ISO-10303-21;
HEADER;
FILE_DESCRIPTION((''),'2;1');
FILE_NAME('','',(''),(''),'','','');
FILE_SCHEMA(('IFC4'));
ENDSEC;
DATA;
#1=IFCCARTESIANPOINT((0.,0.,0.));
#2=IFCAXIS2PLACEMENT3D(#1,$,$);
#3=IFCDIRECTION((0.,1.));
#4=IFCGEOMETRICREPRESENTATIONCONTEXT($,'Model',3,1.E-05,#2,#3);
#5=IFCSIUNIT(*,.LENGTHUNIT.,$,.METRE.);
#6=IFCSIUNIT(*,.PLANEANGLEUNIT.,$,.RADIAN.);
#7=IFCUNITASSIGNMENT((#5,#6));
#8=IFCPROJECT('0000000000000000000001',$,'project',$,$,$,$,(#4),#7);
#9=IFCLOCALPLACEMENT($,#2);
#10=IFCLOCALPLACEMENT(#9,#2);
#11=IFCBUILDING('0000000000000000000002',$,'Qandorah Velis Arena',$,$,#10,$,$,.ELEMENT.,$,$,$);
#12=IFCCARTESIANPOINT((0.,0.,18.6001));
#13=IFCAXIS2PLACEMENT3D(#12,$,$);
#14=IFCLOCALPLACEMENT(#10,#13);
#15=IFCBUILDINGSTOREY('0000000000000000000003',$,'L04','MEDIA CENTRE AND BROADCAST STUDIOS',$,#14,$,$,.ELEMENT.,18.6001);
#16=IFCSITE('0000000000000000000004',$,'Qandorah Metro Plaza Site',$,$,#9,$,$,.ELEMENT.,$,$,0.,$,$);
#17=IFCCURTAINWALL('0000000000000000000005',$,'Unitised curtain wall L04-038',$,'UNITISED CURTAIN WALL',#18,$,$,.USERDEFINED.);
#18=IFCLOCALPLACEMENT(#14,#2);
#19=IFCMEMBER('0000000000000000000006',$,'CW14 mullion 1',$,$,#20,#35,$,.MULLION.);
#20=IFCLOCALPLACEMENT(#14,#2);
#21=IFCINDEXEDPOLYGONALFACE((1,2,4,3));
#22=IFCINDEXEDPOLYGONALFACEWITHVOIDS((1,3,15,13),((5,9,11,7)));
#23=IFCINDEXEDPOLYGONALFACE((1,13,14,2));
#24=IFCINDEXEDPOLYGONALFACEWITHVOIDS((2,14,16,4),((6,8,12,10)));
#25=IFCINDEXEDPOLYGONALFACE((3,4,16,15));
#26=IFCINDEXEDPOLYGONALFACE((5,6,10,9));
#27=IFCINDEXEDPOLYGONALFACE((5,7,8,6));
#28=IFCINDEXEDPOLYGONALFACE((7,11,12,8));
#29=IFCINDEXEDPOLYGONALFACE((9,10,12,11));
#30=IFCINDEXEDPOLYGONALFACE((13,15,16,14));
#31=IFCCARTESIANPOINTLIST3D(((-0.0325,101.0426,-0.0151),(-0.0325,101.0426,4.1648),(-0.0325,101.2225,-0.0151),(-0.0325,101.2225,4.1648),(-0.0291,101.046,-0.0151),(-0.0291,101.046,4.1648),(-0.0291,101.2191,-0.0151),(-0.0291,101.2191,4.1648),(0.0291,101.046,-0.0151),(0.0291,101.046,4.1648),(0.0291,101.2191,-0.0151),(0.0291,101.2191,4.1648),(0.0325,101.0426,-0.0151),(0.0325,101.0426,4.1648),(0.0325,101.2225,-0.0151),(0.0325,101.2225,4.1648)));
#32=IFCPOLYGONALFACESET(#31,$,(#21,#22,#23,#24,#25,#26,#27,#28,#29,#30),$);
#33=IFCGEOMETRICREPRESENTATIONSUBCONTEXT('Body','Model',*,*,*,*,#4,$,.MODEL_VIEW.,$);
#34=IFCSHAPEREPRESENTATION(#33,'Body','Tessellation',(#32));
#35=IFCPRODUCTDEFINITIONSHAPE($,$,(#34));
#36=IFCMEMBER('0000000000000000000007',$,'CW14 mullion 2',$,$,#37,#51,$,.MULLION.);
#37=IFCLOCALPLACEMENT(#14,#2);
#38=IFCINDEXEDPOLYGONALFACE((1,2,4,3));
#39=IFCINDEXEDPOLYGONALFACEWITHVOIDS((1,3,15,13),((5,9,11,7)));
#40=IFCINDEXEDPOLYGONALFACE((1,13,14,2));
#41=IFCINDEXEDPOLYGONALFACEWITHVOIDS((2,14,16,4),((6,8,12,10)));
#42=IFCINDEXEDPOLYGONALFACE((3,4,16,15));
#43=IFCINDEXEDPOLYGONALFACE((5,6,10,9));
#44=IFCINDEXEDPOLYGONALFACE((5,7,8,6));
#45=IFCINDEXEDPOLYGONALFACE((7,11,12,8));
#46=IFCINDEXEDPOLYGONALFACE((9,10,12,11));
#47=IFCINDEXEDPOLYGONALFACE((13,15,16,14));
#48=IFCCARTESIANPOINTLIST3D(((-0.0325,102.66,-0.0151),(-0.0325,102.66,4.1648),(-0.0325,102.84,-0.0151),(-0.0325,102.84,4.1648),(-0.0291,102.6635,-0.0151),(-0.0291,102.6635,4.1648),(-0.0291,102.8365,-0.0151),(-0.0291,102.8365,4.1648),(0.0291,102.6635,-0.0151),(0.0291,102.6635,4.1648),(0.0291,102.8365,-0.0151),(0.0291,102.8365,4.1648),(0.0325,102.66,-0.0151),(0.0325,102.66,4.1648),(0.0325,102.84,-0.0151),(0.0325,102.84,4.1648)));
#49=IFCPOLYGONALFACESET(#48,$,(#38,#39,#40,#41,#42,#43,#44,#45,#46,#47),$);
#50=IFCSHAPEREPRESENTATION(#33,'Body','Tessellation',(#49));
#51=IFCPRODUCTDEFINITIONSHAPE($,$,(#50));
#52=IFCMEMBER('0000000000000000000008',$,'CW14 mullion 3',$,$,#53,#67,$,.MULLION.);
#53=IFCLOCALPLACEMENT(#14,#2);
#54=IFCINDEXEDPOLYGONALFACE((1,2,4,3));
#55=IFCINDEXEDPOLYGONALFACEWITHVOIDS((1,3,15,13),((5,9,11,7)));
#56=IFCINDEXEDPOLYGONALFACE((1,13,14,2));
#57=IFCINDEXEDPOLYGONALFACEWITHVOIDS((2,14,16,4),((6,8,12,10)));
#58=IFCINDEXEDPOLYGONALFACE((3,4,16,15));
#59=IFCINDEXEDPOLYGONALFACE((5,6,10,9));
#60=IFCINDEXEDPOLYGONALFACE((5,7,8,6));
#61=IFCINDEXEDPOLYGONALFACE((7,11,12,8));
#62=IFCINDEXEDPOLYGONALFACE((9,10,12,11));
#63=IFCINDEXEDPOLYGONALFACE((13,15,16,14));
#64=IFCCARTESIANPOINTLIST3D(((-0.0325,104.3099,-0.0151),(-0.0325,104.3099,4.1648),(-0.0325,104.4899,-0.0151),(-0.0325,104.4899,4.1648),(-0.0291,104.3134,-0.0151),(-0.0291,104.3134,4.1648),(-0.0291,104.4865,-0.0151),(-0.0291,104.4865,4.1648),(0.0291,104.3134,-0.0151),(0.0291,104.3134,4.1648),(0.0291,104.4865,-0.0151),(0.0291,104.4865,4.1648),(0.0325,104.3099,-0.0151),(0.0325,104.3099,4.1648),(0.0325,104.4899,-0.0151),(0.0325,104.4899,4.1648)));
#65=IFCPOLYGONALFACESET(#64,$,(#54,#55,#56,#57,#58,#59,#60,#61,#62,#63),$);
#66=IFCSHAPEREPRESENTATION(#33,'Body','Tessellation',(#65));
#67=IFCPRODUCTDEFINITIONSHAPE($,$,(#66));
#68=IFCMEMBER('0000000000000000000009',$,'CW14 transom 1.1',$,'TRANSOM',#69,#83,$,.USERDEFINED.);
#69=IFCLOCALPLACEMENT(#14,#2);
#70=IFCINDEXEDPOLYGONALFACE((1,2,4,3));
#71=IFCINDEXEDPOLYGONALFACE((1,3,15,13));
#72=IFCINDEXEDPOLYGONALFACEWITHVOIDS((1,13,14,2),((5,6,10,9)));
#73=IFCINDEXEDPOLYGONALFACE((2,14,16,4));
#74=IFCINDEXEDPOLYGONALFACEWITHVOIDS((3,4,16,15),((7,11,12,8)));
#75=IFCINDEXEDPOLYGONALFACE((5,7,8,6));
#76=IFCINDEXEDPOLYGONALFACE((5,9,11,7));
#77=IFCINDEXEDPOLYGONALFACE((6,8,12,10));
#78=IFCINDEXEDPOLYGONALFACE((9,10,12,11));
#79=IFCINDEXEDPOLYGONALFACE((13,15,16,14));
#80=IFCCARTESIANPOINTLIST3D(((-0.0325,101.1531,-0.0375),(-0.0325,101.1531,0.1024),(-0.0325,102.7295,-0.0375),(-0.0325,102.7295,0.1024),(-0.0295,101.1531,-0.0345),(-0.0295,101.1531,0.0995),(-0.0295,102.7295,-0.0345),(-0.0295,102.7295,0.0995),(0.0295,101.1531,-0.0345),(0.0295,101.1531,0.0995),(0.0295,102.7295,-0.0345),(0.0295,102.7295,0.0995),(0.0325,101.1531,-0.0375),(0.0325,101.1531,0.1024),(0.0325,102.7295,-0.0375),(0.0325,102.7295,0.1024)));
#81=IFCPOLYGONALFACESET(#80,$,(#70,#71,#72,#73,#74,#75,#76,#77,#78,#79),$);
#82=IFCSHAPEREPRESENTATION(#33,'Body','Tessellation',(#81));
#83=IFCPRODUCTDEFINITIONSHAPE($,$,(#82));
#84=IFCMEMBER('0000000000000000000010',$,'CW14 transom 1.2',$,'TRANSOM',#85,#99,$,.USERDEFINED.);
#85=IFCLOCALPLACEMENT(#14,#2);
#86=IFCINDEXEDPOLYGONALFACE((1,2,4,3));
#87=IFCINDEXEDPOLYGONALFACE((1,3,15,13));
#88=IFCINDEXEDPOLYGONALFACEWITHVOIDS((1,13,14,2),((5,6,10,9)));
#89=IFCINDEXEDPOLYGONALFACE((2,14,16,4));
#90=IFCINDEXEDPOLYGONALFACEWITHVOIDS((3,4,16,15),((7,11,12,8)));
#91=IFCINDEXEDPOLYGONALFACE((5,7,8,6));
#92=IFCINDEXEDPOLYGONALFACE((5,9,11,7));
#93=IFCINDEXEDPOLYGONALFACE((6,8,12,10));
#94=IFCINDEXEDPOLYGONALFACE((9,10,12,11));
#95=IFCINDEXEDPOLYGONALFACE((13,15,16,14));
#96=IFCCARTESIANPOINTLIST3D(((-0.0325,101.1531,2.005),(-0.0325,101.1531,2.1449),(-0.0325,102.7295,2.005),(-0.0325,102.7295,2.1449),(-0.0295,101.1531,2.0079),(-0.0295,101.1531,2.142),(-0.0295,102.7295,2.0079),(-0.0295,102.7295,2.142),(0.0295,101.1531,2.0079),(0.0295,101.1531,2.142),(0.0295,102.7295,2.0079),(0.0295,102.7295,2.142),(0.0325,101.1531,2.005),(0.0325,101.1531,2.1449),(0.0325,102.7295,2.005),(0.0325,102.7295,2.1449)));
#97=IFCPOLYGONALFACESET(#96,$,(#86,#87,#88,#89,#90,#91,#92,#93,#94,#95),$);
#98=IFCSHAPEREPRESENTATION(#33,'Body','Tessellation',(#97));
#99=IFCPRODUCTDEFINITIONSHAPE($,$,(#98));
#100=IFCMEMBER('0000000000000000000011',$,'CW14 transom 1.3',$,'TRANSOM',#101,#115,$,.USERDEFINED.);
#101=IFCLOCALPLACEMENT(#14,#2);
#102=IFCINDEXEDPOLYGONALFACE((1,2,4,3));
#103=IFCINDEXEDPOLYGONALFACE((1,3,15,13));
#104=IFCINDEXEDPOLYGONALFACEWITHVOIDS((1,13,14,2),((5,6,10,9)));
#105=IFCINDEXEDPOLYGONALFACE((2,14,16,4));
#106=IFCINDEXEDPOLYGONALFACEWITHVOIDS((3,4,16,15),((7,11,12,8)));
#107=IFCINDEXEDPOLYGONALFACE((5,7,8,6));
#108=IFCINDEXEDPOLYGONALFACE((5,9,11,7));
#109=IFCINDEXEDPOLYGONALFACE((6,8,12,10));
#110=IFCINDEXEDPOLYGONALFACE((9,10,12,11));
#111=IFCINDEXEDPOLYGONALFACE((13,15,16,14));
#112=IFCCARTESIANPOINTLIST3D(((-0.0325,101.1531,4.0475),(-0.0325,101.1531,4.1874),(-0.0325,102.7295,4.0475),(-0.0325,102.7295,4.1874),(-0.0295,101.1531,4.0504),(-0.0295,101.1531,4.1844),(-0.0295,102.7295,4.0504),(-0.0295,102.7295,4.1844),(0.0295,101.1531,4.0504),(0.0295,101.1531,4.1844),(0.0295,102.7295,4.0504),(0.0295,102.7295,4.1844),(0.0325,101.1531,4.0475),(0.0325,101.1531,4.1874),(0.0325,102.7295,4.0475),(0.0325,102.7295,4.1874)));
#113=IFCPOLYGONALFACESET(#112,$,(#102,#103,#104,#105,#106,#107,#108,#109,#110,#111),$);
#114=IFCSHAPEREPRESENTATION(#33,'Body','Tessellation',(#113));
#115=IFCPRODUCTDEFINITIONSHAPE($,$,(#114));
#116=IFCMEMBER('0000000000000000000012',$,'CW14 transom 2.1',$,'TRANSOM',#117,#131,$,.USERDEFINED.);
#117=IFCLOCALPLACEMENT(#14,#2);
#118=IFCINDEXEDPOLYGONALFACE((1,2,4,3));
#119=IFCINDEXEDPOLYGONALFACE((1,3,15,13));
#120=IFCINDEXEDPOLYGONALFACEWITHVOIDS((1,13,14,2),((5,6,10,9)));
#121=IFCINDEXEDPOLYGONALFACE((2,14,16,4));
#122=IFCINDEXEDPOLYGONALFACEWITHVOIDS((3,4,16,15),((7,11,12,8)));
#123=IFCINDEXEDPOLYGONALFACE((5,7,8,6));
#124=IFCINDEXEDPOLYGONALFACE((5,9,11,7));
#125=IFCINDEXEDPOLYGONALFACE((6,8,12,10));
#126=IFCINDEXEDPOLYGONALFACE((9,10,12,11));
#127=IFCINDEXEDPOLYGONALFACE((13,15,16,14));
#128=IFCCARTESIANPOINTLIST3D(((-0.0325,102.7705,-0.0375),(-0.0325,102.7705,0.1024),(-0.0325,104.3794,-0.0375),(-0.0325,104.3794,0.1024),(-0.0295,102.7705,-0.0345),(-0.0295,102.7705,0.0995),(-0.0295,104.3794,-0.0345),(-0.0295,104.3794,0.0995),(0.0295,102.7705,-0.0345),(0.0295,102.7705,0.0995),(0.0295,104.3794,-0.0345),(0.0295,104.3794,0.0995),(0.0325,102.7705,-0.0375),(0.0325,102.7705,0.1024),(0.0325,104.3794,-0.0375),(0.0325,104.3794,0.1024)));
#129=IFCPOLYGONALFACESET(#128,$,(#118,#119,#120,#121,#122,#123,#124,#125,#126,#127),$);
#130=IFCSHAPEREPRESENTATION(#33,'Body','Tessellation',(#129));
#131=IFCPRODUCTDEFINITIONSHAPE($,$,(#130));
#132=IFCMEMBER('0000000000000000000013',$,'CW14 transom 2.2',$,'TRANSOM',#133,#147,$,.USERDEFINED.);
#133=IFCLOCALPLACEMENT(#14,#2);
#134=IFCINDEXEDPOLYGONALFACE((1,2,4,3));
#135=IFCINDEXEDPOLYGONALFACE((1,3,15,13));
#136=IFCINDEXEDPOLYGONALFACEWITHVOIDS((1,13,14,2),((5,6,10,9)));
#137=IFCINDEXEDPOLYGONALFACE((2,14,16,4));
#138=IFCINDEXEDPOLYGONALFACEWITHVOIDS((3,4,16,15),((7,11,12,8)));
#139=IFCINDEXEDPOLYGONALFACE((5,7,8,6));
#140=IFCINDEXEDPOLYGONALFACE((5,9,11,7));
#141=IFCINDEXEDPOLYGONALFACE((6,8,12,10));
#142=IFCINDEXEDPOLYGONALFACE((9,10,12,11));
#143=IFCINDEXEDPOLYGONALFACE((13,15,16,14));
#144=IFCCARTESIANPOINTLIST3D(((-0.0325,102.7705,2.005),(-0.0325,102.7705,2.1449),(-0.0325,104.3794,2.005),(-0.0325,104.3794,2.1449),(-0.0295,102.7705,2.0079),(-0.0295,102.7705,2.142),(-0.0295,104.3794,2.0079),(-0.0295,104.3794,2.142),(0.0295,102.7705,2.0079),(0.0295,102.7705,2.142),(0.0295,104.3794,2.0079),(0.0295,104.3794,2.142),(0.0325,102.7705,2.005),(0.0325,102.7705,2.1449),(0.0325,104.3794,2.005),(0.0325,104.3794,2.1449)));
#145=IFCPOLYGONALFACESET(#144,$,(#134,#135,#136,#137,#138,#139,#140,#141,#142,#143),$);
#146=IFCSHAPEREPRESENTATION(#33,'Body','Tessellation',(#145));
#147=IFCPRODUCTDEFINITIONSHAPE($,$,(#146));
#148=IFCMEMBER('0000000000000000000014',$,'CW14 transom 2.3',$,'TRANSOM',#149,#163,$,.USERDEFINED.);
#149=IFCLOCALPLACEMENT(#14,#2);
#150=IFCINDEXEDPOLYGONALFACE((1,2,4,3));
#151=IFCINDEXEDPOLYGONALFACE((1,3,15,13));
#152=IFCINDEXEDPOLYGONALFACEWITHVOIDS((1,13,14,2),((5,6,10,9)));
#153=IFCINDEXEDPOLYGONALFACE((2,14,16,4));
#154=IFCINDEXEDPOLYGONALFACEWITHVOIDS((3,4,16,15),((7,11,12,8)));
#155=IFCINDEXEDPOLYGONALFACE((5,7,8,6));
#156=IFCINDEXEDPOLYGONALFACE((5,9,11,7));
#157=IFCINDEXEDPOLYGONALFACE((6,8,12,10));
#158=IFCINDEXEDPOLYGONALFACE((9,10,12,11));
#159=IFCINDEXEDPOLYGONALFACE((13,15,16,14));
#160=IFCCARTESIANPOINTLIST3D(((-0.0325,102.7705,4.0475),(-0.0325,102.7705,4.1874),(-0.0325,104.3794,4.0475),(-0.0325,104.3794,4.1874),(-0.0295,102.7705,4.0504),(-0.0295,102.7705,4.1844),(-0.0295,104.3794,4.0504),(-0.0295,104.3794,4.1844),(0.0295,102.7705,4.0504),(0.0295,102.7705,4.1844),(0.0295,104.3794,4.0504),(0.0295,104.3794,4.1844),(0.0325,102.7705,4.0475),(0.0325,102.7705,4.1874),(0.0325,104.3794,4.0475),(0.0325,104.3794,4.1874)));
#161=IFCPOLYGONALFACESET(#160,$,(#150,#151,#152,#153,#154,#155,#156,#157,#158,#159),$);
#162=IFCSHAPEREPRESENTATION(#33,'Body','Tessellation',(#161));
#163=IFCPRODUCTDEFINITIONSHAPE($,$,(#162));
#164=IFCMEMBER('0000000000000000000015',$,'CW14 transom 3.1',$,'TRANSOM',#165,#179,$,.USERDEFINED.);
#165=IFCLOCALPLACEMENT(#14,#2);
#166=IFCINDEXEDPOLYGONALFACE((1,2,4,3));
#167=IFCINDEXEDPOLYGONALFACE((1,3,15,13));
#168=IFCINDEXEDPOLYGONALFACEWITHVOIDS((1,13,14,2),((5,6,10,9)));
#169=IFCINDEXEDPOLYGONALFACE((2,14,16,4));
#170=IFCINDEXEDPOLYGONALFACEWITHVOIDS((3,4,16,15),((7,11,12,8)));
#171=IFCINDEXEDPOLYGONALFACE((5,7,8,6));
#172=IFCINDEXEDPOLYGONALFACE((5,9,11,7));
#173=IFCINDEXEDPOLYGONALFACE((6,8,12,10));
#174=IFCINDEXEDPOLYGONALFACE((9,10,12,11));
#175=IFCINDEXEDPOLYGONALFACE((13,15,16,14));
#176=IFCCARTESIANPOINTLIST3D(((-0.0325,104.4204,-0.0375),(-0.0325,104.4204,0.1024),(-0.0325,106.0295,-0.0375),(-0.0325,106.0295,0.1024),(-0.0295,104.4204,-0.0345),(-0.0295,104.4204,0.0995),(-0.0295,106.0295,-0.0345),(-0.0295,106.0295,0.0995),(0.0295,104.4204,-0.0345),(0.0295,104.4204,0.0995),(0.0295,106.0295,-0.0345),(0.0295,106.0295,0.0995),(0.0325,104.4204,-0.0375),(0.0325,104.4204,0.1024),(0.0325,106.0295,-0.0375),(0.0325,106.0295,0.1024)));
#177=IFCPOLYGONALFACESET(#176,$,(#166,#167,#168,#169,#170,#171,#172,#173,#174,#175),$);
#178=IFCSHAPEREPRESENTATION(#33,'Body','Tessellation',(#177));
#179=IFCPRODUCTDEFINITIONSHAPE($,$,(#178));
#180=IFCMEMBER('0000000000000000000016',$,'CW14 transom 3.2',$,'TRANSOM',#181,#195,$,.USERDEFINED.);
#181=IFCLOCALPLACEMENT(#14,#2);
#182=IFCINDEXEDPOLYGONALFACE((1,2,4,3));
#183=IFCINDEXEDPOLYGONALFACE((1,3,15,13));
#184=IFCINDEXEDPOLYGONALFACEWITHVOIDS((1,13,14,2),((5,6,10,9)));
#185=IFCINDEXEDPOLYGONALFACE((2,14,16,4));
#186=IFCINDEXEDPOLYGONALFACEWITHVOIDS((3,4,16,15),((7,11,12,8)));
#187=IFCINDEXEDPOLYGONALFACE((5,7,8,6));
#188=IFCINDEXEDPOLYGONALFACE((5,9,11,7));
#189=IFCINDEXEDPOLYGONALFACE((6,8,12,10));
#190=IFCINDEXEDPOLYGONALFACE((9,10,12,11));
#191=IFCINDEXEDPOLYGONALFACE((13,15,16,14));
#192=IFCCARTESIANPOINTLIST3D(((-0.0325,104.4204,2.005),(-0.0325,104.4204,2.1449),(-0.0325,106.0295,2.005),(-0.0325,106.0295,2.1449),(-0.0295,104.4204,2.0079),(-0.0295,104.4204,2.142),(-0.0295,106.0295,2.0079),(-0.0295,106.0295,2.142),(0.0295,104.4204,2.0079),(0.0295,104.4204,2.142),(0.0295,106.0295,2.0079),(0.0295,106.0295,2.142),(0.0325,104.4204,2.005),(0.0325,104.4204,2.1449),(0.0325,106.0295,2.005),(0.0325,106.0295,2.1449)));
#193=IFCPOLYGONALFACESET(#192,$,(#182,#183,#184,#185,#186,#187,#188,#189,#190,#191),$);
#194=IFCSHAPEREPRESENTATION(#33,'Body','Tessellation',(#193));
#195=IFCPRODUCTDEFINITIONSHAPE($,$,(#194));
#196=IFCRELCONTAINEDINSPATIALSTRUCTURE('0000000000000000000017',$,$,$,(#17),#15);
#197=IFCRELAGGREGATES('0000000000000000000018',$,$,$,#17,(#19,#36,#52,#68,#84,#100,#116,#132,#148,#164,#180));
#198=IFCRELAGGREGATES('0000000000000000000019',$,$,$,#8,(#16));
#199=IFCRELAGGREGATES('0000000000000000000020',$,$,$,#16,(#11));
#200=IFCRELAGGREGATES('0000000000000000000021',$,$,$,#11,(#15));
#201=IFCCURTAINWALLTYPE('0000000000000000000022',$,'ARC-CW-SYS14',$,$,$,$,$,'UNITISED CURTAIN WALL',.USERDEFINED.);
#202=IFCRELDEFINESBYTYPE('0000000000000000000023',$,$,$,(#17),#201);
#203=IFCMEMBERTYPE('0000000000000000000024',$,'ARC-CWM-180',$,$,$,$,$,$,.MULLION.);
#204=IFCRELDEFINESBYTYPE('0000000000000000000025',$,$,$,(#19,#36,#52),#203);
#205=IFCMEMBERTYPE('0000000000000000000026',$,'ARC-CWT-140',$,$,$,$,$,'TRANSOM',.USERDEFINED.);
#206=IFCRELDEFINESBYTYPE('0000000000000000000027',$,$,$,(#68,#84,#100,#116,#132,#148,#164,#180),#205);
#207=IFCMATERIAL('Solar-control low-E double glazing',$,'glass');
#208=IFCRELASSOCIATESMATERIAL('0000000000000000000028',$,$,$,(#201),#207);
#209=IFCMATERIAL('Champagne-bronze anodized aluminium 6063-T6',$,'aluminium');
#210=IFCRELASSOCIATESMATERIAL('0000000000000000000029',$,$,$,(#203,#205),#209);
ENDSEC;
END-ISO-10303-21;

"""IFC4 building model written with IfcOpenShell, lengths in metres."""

from ifc_helpers import new_model, si_unit, direction, frame, origin, origin_2d, place, context, subcontext, project, spatial, hollow_rectangle, extrude, material, material_profile, profile_set, type_object, element, aggregate, save


model = new_model("IFC4")

# Units and contexts
model_context = context("Model", 3, precision=1e-05, world=origin(), true_north=direction((0.0, 1.0)))
body_context = subcontext(model_context, "Body", "Model", "MODEL_VIEW")
ifc_project = project(units=[si_unit("LENGTHUNIT", "METRE"), si_unit("PLANEANGLEUNIT", "RADIAN")], contexts=[model_context])

# Site, building, storey
site_placement = place(None, origin())
site = spatial("IfcSite", under=ifc_project, at=site_placement, Name="Qandorah Metro Plaza Site", CompositionType="ELEMENT", RefElevation=0.0)
building_placement = place(site_placement, origin())
building = spatial("IfcBuilding", under=site, at=building_placement, Name="Qandorah Velis Arena", CompositionType="ELEMENT")
storey_placement = place(building_placement, frame((0.0, 0.0, 18.6001)))
storey = spatial("IfcBuildingStorey", under=building, at=storey_placement, Name="L04", Description="MEDIA CENTRE AND BROADCAST STUDIOS", CompositionType="ELEMENT", Elevation=18.6001)

# Curtain wall, members
ifc_material_1 = material(Name="Solar-control low-E double glazing", Category="glass")
curtain_wall_type = type_object("IfcCurtainWallType", Name="ARC-CW-SYS14", ElementType="UNITISED CURTAIN WALL", PredefinedType="USERDEFINED", material=ifc_material_1)
curtain_wall_placement = place(storey_placement, origin())
curtain_wall = element("IfcCurtainWall", 1, at=curtain_wall_placement, inside=storey, type_object=curtain_wall_type, Name="Unitised curtain wall L04-038", ObjectType="UNITISED CURTAIN WALL", PredefinedType="USERDEFINED")
ifc_material_2 = material(Name="Champagne-bronze anodized aluminium 6063-T6", Category="aluminium")
ifc_material_profile_1 = material_profile(ifc_material_2, hollow_rectangle(XDim=0.0649, YDim=0.1799, WallThickness=0.0034, at=origin_2d()), Name="ALU MULLION 65x180")
ifc_profile_set_1 = profile_set([ifc_material_profile_1], Name="Champagne-bronze anodized aluminium 6063-T6")
member_type_1 = type_object("IfcMemberType", Name="ARC-CWM-180", PredefinedType="MULLION", material=ifc_profile_set_1)
member_1_placement = place(storey_placement, frame((0.0, 101.1326, -0.0151), z_axis=(0.0, 0.0, 1.0), x_axis=(-1.0, 0.0, 0.0)))
member_1 = element("IfcMember", 2, at=member_1_placement, type_object=member_type_1, Name="CW14 mullion 1", PredefinedType="MULLION", context=body_context, shape_type="SweptSolid", body=[
    extrude(hollow_rectangle(XDim=0.0649, YDim=0.1799, WallThickness=0.0034, at=origin_2d()), origin(), (0.0, 0.0, 1.0), 4.1799),
])
member_2_placement = place(storey_placement, frame((0.0, 102.75, -0.0151), z_axis=(0.0, 0.0, 1.0), x_axis=(-1.0, 0.0, 0.0)))
member_2 = element("IfcMember", 3, at=member_2_placement, type_object=member_type_1, Name="CW14 mullion 2", PredefinedType="MULLION", context=body_context, shape_type="SweptSolid", body=[
    extrude(hollow_rectangle(XDim=0.0649, YDim=0.1799, WallThickness=0.0034, at=origin_2d()), origin(), (0.0, 0.0, 1.0), 4.1799),
])
member_3_placement = place(storey_placement, frame((0.0, 104.3999, -0.0151), z_axis=(0.0, 0.0, 1.0), x_axis=(-1.0, 0.0, 0.0)))
member_3 = element("IfcMember", 4, at=member_3_placement, type_object=member_type_1, Name="CW14 mullion 3", PredefinedType="MULLION", context=body_context, shape_type="SweptSolid", body=[
    extrude(hollow_rectangle(XDim=0.0649, YDim=0.1799, WallThickness=0.0034, at=origin_2d()), origin(), (0.0, 0.0, 1.0), 4.1799),
])
ifc_material_profile_2 = material_profile(ifc_material_2, hollow_rectangle(XDim=0.0649, YDim=0.1399, WallThickness=0.0029, at=origin_2d()), Name="ALU TRANSOM 65x140")
ifc_profile_set_2 = profile_set([ifc_material_profile_2], Name="Champagne-bronze anodized aluminium 6063-T6")
member_type_2 = type_object("IfcMemberType", Name="ARC-CWT-140", ElementType="TRANSOM", PredefinedType="USERDEFINED", material=ifc_profile_set_2)
member_4_placement = place(storey_placement, frame((0.0, 101.1531, 0.0325), z_axis=(0.0, 1.0, 0.0), x_axis=(-1.0, 0.0, 0.0)))
member_4 = element("IfcMember", 5, at=member_4_placement, type_object=member_type_2, Name="CW14 transom 1.1", ObjectType="TRANSOM", PredefinedType="USERDEFINED", context=body_context, shape_type="SweptSolid", body=[
    extrude(hollow_rectangle(XDim=0.0649, YDim=0.1399, WallThickness=0.0029, at=origin_2d()), origin(), (0.0, 0.0, 1.0), 1.5764),
])
member_5_placement = place(storey_placement, frame((0.0, 101.1531, 2.075), z_axis=(0.0, 1.0, 0.0), x_axis=(-1.0, 0.0, 0.0)))
member_5 = element("IfcMember", 6, at=member_5_placement, type_object=member_type_2, Name="CW14 transom 1.2", ObjectType="TRANSOM", PredefinedType="USERDEFINED", context=body_context, shape_type="SweptSolid", body=[
    extrude(hollow_rectangle(XDim=0.0649, YDim=0.1399, WallThickness=0.0029, at=origin_2d()), origin(), (0.0, 0.0, 1.0), 1.5764),
])
member_6_placement = place(storey_placement, frame((0.0, 101.1531, 4.1174), z_axis=(0.0, 1.0, 0.0), x_axis=(-1.0, 0.0, 0.0)))
member_6 = element("IfcMember", 7, at=member_6_placement, type_object=member_type_2, Name="CW14 transom 1.3", ObjectType="TRANSOM", PredefinedType="USERDEFINED", context=body_context, shape_type="SweptSolid", body=[
    extrude(hollow_rectangle(XDim=0.0649, YDim=0.1399, WallThickness=0.0029, at=origin_2d()), origin(), (0.0, 0.0, 1.0), 1.5764),
])
member_7_placement = place(storey_placement, frame((0.0, 102.7705, 0.0325), z_axis=(0.0, 1.0, 0.0), x_axis=(-1.0, 0.0, 0.0)))
member_7 = element("IfcMember", 8, at=member_7_placement, type_object=member_type_2, Name="CW14 transom 2.1", ObjectType="TRANSOM", PredefinedType="USERDEFINED", context=body_context, shape_type="SweptSolid", body=[
    extrude(hollow_rectangle(XDim=0.0649, YDim=0.1399, WallThickness=0.0029, at=origin_2d()), origin(), (0.0, 0.0, 1.0), 1.6089),
])
member_8_placement = place(storey_placement, frame((0.0, 102.7705, 2.075), z_axis=(0.0, 1.0, 0.0), x_axis=(-1.0, 0.0, 0.0)))
member_8 = element("IfcMember", 9, at=member_8_placement, type_object=member_type_2, Name="CW14 transom 2.2", ObjectType="TRANSOM", PredefinedType="USERDEFINED", context=body_context, shape_type="SweptSolid", body=[
    extrude(hollow_rectangle(XDim=0.0649, YDim=0.1399, WallThickness=0.0029, at=origin_2d()), origin(), (0.0, 0.0, 1.0), 1.6089),
])
member_9_placement = place(storey_placement, frame((0.0, 102.7705, 4.1174), z_axis=(0.0, 1.0, 0.0), x_axis=(-1.0, 0.0, 0.0)))
member_9 = element("IfcMember", 10, at=member_9_placement, type_object=member_type_2, Name="CW14 transom 2.3", ObjectType="TRANSOM", PredefinedType="USERDEFINED", context=body_context, shape_type="SweptSolid", body=[
    extrude(hollow_rectangle(XDim=0.0649, YDim=0.1399, WallThickness=0.0029, at=origin_2d()), origin(), (0.0, 0.0, 1.0), 1.6089),
])
member_10_placement = place(storey_placement, frame((0.0, 104.4204, 0.0325), z_axis=(0.0, 1.0, 0.0), x_axis=(-1.0, 0.0, 0.0)))
member_10 = element("IfcMember", 11, at=member_10_placement, type_object=member_type_2, Name="CW14 transom 3.1", ObjectType="TRANSOM", PredefinedType="USERDEFINED", context=body_context, shape_type="SweptSolid", body=[
    extrude(hollow_rectangle(XDim=0.0649, YDim=0.1399, WallThickness=0.0029, at=origin_2d()), origin(), (0.0, 0.0, 1.0), 1.6091),
])
member_11_placement = place(storey_placement, frame((0.0, 104.4204, 2.075), z_axis=(0.0, 1.0, 0.0), x_axis=(-1.0, 0.0, 0.0)))
member_11 = element("IfcMember", 12, at=member_11_placement, type_object=member_type_2, Name="CW14 transom 3.2", ObjectType="TRANSOM", PredefinedType="USERDEFINED", context=body_context, shape_type="SweptSolid", body=[
    extrude(hollow_rectangle(XDim=0.0649, YDim=0.1399, WallThickness=0.0029, at=origin_2d()), origin(), (0.0, 0.0, 1.0), 1.6091),
])
aggregate(curtain_wall, [member_1, member_2, member_3, member_4, member_5, member_6, member_7, member_8, member_9, member_10, member_11])

save(model, "model.ifc")
